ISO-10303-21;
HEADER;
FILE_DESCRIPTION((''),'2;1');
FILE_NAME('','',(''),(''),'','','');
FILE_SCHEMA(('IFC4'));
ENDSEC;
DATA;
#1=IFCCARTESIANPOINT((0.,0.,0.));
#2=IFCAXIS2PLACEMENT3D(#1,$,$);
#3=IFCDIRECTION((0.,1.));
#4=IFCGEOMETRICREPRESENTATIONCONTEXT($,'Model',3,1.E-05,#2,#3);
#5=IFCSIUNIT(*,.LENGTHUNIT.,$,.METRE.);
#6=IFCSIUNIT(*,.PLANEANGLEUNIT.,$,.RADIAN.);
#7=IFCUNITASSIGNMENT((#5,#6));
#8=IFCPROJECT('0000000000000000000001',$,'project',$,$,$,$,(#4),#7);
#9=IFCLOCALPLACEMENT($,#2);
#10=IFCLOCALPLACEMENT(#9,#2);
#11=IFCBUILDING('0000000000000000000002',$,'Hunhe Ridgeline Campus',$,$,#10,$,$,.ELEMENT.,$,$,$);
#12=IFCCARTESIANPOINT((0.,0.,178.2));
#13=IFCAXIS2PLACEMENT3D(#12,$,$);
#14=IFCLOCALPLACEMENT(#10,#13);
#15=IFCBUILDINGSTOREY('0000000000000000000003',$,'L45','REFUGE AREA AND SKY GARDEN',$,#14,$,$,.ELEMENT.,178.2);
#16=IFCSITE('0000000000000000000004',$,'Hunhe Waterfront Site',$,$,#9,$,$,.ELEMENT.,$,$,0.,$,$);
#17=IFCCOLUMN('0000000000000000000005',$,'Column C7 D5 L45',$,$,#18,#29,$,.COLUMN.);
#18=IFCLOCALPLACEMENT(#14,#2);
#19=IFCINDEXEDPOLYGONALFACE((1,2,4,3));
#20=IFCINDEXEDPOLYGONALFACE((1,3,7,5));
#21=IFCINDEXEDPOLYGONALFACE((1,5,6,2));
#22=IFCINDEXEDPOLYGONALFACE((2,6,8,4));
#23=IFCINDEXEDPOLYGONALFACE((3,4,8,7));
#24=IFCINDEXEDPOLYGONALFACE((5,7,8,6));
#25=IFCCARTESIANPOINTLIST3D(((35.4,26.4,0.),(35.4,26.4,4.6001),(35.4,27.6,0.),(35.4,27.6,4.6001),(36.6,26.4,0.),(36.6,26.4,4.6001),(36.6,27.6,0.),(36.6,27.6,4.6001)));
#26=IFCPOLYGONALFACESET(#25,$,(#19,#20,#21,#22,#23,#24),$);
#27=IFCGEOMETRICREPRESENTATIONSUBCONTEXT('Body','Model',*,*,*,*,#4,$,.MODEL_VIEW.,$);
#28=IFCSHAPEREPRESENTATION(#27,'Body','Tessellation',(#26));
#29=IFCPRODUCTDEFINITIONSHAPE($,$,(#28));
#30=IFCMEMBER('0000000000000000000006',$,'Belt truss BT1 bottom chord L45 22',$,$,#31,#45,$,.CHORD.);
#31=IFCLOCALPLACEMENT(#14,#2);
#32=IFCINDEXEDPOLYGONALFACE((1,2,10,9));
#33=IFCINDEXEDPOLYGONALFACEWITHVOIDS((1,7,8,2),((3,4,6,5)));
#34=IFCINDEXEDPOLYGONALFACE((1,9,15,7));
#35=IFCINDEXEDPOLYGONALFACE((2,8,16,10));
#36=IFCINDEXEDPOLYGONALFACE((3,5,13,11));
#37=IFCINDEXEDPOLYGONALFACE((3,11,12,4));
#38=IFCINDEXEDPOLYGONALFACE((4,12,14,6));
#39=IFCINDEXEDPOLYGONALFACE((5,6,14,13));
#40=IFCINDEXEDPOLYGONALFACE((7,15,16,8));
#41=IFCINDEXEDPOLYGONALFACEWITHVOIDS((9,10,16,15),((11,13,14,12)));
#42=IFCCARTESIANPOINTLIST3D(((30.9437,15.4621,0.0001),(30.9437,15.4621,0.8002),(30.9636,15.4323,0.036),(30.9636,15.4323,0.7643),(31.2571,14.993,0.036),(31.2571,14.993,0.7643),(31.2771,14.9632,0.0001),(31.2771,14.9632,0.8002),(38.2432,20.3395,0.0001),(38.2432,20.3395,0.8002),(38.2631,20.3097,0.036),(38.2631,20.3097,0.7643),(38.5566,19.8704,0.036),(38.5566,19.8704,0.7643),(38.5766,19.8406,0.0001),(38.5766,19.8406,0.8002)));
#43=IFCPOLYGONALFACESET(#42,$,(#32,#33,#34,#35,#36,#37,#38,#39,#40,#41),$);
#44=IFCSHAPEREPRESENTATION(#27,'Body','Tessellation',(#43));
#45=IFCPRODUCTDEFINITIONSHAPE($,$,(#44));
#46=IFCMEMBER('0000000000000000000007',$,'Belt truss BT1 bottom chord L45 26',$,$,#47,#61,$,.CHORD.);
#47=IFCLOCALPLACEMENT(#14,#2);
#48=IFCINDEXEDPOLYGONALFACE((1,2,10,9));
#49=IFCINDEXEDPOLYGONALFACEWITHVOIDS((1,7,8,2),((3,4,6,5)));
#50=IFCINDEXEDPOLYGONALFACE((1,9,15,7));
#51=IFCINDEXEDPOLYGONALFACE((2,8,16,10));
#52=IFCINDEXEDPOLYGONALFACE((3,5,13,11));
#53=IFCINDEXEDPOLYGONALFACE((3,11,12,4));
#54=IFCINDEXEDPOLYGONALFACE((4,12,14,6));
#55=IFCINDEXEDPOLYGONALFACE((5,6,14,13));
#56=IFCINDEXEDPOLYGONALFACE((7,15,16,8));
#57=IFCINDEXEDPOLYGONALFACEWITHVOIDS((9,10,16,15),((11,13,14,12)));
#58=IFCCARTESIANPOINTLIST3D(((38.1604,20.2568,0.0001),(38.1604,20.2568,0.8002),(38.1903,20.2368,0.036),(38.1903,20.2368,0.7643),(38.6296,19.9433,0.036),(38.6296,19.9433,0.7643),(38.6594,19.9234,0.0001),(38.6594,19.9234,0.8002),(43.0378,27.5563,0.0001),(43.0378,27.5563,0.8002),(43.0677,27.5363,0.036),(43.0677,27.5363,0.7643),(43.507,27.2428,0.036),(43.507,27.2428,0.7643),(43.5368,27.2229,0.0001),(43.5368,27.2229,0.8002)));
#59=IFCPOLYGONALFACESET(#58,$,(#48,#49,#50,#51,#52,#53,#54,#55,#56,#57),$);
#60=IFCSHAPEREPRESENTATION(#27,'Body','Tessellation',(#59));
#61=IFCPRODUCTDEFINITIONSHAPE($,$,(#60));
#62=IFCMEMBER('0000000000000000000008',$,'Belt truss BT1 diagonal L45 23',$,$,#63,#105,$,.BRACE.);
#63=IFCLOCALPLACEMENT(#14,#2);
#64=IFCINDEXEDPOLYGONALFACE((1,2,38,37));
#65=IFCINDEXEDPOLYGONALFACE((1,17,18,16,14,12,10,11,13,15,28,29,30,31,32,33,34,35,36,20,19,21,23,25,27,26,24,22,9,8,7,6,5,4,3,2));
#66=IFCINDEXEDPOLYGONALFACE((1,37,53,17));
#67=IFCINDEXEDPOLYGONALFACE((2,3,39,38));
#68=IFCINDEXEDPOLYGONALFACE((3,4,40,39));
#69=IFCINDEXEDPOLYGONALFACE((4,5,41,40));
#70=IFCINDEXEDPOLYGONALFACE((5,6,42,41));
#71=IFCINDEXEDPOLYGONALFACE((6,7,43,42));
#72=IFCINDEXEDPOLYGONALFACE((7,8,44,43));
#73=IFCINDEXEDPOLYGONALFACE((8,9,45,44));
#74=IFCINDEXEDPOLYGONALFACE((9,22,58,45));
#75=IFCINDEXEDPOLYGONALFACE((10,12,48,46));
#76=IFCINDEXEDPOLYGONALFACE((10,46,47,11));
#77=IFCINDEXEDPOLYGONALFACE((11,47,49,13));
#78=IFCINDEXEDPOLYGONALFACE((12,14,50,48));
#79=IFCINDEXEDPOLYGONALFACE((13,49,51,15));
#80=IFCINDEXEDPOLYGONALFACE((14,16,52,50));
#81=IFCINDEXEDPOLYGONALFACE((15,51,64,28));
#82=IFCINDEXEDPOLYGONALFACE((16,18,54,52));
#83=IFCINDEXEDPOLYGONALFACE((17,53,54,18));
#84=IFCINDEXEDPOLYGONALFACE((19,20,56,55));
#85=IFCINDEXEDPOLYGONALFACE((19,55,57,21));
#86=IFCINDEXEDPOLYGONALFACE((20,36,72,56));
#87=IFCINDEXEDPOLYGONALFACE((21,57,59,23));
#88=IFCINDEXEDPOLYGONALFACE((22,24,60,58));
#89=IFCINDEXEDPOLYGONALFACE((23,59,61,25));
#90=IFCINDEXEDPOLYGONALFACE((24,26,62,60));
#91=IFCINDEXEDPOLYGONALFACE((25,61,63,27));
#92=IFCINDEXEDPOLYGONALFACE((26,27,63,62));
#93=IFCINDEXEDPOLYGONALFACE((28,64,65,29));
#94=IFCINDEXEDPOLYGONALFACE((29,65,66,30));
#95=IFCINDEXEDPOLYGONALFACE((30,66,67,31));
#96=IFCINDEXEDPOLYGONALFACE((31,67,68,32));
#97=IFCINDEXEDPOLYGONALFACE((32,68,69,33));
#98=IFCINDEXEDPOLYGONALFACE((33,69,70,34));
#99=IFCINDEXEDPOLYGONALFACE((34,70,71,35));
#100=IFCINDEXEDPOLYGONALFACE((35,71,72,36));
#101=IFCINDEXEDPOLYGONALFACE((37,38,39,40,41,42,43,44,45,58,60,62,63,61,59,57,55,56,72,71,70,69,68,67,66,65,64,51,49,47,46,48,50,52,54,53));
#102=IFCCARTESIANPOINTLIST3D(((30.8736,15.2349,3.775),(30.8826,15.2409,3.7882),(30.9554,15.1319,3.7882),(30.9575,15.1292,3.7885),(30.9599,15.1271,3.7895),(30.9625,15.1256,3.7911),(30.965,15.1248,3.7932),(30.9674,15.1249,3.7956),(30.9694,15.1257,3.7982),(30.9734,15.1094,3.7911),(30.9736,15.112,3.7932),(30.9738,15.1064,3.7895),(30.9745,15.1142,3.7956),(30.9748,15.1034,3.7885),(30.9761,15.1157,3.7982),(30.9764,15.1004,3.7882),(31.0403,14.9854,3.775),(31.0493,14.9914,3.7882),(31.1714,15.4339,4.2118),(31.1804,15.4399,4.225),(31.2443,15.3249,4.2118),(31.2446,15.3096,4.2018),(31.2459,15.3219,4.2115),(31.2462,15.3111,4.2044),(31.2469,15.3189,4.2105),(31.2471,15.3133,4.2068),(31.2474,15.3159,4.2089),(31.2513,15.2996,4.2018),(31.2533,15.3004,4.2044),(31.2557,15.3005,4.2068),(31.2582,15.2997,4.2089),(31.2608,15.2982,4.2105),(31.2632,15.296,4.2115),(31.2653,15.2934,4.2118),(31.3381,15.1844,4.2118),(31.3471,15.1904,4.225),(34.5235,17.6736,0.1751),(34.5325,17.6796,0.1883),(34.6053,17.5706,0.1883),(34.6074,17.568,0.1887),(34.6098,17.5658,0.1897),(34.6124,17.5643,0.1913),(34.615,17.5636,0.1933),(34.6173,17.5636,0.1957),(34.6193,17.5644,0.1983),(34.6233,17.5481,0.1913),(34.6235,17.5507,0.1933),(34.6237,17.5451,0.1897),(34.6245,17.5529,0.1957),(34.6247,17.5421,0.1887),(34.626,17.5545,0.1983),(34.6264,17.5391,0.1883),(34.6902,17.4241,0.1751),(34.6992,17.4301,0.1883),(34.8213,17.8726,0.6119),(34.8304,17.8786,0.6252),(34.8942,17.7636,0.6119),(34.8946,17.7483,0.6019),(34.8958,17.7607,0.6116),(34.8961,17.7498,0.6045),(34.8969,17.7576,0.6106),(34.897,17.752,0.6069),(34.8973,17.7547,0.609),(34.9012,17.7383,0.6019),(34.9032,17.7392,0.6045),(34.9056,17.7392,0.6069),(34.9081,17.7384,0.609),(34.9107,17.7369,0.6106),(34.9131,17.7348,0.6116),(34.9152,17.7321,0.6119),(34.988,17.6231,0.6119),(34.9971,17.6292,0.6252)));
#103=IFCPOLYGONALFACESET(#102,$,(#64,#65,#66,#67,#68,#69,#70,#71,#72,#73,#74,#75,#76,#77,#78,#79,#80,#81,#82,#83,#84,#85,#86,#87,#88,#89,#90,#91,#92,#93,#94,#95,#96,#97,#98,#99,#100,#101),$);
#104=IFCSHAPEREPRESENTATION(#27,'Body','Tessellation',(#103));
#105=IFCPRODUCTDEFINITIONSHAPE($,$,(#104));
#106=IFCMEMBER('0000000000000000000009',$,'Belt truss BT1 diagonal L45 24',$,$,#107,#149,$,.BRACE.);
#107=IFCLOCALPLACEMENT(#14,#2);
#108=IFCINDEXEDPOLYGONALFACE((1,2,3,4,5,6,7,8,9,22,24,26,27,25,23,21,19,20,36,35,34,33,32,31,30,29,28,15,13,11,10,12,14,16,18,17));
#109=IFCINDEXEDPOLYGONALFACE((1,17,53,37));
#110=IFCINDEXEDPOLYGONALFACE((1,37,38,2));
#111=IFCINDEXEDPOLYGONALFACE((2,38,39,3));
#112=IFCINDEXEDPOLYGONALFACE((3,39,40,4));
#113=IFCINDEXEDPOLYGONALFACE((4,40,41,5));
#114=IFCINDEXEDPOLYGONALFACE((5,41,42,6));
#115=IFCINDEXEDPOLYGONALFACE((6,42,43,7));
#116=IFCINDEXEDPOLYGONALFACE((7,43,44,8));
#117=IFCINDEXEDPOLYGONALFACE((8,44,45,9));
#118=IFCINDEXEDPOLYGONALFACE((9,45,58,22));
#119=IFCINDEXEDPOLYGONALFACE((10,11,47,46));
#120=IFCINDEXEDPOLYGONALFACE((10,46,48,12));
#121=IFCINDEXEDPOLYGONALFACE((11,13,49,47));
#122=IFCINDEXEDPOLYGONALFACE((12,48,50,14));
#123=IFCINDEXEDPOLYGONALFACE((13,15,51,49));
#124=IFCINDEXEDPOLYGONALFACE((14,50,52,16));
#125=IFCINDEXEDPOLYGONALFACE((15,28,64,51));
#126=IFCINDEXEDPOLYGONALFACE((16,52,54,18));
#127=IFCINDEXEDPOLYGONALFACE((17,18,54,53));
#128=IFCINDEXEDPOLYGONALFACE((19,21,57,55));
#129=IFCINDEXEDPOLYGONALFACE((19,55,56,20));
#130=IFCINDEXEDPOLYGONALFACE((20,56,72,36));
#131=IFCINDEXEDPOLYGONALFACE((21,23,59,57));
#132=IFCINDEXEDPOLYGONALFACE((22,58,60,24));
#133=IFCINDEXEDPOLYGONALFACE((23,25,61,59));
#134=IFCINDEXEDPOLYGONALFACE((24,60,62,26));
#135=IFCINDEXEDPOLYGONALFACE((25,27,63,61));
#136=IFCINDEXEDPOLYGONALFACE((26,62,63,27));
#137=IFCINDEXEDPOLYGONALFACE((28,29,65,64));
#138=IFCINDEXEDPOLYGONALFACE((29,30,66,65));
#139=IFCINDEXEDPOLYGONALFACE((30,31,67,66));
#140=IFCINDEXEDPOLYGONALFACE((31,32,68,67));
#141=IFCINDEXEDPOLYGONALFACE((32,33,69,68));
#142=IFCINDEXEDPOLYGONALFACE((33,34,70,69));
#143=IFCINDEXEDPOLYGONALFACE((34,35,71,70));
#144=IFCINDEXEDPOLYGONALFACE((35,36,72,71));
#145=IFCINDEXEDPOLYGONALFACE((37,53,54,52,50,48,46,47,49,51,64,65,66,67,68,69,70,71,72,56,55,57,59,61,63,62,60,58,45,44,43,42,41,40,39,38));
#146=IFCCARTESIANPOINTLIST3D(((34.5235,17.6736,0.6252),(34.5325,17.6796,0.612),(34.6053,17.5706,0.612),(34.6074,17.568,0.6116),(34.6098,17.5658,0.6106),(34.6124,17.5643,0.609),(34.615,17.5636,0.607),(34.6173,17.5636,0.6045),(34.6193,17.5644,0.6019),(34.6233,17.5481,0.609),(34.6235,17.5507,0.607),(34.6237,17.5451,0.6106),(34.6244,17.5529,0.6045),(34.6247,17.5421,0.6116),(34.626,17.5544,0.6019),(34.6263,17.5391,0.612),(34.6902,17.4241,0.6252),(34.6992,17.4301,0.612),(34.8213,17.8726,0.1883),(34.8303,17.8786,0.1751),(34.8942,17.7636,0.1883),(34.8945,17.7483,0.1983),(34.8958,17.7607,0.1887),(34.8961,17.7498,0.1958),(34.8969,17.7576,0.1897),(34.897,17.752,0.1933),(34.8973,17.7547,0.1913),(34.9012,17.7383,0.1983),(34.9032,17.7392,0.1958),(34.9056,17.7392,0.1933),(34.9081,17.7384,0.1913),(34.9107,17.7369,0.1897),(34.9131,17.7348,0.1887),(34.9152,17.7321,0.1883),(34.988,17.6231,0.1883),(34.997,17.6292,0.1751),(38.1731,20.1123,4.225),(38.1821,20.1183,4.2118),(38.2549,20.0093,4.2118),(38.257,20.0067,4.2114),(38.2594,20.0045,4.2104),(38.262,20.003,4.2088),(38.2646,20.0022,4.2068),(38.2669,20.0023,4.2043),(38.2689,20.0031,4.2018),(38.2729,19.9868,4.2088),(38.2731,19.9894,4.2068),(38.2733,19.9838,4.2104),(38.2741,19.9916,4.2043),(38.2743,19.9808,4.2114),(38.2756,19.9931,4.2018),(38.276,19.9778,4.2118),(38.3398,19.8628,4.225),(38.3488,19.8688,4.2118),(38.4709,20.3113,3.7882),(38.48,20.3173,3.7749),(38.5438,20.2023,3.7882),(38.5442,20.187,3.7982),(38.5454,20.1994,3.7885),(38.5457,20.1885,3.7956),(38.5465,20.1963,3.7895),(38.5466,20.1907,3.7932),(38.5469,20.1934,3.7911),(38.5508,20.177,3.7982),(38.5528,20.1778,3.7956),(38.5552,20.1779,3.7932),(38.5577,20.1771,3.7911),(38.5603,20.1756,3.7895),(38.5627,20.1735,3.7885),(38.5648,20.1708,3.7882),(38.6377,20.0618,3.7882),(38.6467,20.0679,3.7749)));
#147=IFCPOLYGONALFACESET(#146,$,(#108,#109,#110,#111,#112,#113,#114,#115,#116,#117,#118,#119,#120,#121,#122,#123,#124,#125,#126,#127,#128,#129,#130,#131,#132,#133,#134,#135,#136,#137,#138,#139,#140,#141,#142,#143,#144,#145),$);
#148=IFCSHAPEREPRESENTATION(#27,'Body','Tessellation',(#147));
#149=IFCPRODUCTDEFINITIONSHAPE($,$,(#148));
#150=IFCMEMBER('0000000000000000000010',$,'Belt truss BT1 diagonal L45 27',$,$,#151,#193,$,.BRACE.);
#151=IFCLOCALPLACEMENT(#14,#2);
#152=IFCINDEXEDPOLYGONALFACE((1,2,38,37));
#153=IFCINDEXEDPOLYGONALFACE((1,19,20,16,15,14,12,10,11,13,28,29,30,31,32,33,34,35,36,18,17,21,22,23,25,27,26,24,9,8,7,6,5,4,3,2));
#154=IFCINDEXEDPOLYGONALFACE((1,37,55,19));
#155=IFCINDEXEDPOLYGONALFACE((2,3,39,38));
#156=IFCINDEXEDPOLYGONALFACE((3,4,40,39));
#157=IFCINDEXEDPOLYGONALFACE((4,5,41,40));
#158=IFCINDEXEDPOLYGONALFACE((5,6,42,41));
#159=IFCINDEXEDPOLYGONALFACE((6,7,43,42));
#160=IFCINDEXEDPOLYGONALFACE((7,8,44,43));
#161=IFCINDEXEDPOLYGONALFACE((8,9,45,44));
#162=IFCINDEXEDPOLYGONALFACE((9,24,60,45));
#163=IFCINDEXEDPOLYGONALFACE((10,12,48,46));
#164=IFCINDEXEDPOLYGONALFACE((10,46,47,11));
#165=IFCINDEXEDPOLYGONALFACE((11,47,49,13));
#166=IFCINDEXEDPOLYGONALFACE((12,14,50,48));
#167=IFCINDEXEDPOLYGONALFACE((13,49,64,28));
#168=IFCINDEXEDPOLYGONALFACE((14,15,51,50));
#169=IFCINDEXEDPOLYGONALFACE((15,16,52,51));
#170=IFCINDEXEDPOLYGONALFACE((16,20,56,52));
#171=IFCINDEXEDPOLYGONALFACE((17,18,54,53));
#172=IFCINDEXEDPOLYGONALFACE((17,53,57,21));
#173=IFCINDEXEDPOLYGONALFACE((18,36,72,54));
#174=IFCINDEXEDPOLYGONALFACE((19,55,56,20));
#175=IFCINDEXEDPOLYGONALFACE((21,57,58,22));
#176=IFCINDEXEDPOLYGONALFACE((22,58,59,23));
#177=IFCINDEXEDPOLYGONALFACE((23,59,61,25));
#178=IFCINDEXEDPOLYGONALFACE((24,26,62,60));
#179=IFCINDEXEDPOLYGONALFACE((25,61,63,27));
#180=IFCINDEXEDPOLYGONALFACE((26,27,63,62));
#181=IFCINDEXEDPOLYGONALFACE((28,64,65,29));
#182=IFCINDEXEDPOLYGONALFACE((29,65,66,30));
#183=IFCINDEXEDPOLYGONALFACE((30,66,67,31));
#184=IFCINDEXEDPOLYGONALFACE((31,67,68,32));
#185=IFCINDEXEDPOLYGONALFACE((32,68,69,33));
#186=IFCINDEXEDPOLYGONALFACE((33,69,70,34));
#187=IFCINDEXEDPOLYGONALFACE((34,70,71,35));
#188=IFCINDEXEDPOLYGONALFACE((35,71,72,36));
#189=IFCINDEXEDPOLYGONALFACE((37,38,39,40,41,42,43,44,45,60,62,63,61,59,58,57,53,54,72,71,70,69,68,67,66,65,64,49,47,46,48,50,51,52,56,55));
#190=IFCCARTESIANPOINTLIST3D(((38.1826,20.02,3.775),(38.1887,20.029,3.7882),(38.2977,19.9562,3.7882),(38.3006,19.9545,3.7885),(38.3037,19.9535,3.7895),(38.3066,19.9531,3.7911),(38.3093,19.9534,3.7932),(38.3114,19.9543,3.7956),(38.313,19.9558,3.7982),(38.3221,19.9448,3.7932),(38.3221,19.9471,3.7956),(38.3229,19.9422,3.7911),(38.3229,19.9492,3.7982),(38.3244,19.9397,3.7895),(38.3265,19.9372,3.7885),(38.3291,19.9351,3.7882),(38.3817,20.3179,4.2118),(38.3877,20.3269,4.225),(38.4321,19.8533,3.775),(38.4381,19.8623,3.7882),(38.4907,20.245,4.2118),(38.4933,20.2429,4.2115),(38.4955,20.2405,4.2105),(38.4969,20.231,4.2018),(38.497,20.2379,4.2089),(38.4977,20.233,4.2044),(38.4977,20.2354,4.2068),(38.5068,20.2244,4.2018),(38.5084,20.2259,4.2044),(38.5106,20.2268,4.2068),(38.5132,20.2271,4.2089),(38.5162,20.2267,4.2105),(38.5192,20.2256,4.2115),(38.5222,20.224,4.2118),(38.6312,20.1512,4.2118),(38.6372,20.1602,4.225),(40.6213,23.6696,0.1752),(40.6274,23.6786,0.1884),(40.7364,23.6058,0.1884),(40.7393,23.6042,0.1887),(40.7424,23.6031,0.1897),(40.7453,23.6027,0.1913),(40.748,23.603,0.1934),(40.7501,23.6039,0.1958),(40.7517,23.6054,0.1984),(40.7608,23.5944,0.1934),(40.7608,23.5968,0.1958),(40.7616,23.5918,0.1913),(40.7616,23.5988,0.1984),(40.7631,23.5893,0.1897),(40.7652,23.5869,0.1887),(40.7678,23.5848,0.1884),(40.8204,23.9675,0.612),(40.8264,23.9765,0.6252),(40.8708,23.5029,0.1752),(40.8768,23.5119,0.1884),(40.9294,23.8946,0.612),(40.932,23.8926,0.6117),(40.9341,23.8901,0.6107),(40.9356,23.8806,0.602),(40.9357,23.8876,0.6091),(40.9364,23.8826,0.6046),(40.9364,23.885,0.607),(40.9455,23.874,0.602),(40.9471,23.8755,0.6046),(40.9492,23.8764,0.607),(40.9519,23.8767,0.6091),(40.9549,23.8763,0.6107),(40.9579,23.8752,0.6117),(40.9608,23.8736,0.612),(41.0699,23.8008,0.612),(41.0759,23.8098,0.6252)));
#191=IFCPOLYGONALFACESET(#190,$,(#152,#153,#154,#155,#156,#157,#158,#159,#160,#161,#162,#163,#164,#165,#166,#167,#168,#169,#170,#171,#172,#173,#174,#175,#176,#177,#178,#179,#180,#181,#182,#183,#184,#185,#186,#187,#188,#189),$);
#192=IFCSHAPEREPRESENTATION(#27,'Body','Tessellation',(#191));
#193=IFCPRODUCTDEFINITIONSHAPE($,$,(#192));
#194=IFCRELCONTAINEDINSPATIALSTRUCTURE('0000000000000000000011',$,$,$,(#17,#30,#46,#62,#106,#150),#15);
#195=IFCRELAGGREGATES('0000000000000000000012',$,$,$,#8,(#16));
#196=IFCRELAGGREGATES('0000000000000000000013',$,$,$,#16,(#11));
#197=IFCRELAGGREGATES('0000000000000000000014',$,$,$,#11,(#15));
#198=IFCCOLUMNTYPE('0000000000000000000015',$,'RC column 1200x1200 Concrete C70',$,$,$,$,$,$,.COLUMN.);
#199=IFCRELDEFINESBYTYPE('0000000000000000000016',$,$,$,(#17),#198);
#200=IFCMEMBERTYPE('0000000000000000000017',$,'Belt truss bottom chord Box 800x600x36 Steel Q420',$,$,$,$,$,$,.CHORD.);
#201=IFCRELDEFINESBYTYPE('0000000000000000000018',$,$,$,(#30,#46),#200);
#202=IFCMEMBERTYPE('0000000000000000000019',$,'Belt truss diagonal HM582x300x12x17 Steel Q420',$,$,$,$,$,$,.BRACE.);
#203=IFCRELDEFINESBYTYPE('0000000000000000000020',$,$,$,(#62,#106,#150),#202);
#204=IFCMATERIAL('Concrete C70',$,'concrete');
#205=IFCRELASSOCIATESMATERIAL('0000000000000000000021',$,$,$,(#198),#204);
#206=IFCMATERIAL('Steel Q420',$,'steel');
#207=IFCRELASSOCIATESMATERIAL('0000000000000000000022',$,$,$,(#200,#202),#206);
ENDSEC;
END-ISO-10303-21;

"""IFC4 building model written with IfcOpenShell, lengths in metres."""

from ifc_helpers import new_model, si_unit, direction, frame, origin, origin_2d, place, context, subcontext, project, spatial, rectangle, hollow_rectangle, i_section, extrude, material, material_profile, profile_set, type_object, element, save


model = new_model("IFC4")

# Units and contexts
model_context = context("Model", 3, precision=1e-05, world=origin(), true_north=direction((0.0, 1.0)))
body_context = subcontext(model_context, "Body", "Model", "MODEL_VIEW")
ifc_project = project(units=[si_unit("LENGTHUNIT", "METRE"), si_unit("PLANEANGLEUNIT", "RADIAN")], contexts=[model_context])

# Site, building, storey
site_placement = place(None, origin())
site = spatial("IfcSite", under=ifc_project, at=site_placement, Name="Hunhe Waterfront Site", CompositionType="ELEMENT", RefElevation=0.0)
building_placement = place(site_placement, origin())
building = spatial("IfcBuilding", under=site, at=building_placement, Name="Hunhe Ridgeline Campus", CompositionType="ELEMENT")
storey_placement = place(building_placement, frame((0.0, 0.0, 178.2)))
storey = spatial("IfcBuildingStorey", under=building, at=storey_placement, Name="L45", Description="REFUGE AREA AND SKY GARDEN", CompositionType="ELEMENT", Elevation=178.2)

# Column
ifc_material_1 = material(Name="Concrete C70", Category="concrete")
ifc_material_profile_1 = material_profile(ifc_material_1, rectangle(XDim=1.2, YDim=1.2, at=origin_2d()))
ifc_profile_set_1 = profile_set([ifc_material_profile_1], Name="Concrete C70")
column_type = type_object("IfcColumnType", Name="RC column 1200x1200 Concrete C70", PredefinedType="COLUMN", material=ifc_profile_set_1)
column_placement = place(storey_placement, frame((36.0, 27.0, 0.0), z_axis=(0.0, 0.0, 1.0), x_axis=(1.0, 0.0, 0.0)))
element("IfcColumn", 1, at=column_placement, inside=storey, type_object=column_type, Name="Column C7 D5 L45", PredefinedType="COLUMN", context=body_context, shape_type="SweptSolid", body=[
    extrude(rectangle(XDim=1.2, YDim=1.2, at=origin_2d()), origin(), (0.0, 0.0, 1.0), 4.6001),
])

# Members
ifc_material_2 = material(Name="Steel Q420", Category="steel")
ifc_material_profile_2 = material_profile(ifc_material_2, hollow_rectangle(XDim=0.6001, YDim=0.8, WallThickness=0.0359, at=origin_2d()))
ifc_profile_set_2 = profile_set([ifc_material_profile_2], Name="Steel Q420")
member_type_1 = type_object("IfcMemberType", Name="Belt truss bottom chord Box 800x600x36 Steel Q420", PredefinedType="CHORD", material=ifc_profile_set_2)
for number, where, z_axis, x_axis, name in (
    (2, (31.1104, 15.2126, 0.4001), (0.831468, 0.555573, 0.0), (-0.555573, 0.831468, 0.0), "Belt truss BT1 bottom chord L45 22"),
    (3, (38.4099, 20.0901, 0.4001), (0.555573, 0.831468, 0.0), (-0.831468, 0.555573, 0.0), "Belt truss BT1 bottom chord L45 26"),
):
    element("IfcMember", number, at=place(storey_placement, frame(where, z_axis=z_axis, x_axis=x_axis)), inside=storey, type_object=member_type_1, Name=name, PredefinedType="CHORD", context=body_context, shape_type="SweptSolid", body=[
        extrude(hollow_rectangle(XDim=0.6001, YDim=0.8, WallThickness=0.0359, at=origin_2d()), origin(), (0.0, 0.0, 1.0), 8.7791),
    ])
ifc_material_profile_3 = material_profile(ifc_material_2, i_section(OverallWidth=0.3, OverallDepth=0.582, WebThickness=0.012, FlangeThickness=0.0171, FilletRadius=0.0129, at=origin_2d()))
ifc_profile_set_3 = profile_set([ifc_material_profile_3], Name="Steel Q420")
member_type_2 = type_object("IfcMemberType", Name="Belt truss diagonal HM582x300x12x17 Steel Q420", PredefinedType="BRACE", material=ifc_profile_set_3)
member_1_placement = place(storey_placement, frame((31.1104, 15.2126, 4.0), z_axis=(0.64293, 0.429581, -0.634114), x_axis=(-0.55556, 0.831477, 0.0)))
element("IfcMember", 4, at=member_1_placement, inside=storey, type_object=member_type_2, Name="Belt truss BT1 diagonal L45 23", PredefinedType="BRACE", context=body_context, shape_type="SweptSolid", body=[
    extrude(i_section(OverallWidth=0.3, OverallDepth=0.582, WebThickness=0.012, FlangeThickness=0.0171, FilletRadius=0.0129, at=origin_2d()), origin(), (0.0, 0.0, 1.0), 5.677),
])
for number, where, z_axis, x_axis, name in (
    (5, (34.7603, 17.6514, 0.4001), (0.642905, 0.429593, 0.634132), (-0.555586, 0.831459, 0.0), "Belt truss BT1 diagonal L45 24"),
    (6, (38.4099, 20.0901, 4.0), (0.429593, 0.642905, -0.634132), (-0.831459, 0.555586, 0.0), "Belt truss BT1 diagonal L45 27"),
):
    element("IfcMember", number, at=place(storey_placement, frame(where, z_axis=z_axis, x_axis=x_axis)), inside=storey, type_object=member_type_2, Name=name, PredefinedType="BRACE", context=body_context, shape_type="SweptSolid", body=[
        extrude(i_section(OverallWidth=0.3, OverallDepth=0.582, WebThickness=0.012, FlangeThickness=0.0171, FilletRadius=0.0129, at=origin_2d()), origin(), (0.0, 0.0, 1.0), 5.6768),
    ])

save(model, "model.ifc")
